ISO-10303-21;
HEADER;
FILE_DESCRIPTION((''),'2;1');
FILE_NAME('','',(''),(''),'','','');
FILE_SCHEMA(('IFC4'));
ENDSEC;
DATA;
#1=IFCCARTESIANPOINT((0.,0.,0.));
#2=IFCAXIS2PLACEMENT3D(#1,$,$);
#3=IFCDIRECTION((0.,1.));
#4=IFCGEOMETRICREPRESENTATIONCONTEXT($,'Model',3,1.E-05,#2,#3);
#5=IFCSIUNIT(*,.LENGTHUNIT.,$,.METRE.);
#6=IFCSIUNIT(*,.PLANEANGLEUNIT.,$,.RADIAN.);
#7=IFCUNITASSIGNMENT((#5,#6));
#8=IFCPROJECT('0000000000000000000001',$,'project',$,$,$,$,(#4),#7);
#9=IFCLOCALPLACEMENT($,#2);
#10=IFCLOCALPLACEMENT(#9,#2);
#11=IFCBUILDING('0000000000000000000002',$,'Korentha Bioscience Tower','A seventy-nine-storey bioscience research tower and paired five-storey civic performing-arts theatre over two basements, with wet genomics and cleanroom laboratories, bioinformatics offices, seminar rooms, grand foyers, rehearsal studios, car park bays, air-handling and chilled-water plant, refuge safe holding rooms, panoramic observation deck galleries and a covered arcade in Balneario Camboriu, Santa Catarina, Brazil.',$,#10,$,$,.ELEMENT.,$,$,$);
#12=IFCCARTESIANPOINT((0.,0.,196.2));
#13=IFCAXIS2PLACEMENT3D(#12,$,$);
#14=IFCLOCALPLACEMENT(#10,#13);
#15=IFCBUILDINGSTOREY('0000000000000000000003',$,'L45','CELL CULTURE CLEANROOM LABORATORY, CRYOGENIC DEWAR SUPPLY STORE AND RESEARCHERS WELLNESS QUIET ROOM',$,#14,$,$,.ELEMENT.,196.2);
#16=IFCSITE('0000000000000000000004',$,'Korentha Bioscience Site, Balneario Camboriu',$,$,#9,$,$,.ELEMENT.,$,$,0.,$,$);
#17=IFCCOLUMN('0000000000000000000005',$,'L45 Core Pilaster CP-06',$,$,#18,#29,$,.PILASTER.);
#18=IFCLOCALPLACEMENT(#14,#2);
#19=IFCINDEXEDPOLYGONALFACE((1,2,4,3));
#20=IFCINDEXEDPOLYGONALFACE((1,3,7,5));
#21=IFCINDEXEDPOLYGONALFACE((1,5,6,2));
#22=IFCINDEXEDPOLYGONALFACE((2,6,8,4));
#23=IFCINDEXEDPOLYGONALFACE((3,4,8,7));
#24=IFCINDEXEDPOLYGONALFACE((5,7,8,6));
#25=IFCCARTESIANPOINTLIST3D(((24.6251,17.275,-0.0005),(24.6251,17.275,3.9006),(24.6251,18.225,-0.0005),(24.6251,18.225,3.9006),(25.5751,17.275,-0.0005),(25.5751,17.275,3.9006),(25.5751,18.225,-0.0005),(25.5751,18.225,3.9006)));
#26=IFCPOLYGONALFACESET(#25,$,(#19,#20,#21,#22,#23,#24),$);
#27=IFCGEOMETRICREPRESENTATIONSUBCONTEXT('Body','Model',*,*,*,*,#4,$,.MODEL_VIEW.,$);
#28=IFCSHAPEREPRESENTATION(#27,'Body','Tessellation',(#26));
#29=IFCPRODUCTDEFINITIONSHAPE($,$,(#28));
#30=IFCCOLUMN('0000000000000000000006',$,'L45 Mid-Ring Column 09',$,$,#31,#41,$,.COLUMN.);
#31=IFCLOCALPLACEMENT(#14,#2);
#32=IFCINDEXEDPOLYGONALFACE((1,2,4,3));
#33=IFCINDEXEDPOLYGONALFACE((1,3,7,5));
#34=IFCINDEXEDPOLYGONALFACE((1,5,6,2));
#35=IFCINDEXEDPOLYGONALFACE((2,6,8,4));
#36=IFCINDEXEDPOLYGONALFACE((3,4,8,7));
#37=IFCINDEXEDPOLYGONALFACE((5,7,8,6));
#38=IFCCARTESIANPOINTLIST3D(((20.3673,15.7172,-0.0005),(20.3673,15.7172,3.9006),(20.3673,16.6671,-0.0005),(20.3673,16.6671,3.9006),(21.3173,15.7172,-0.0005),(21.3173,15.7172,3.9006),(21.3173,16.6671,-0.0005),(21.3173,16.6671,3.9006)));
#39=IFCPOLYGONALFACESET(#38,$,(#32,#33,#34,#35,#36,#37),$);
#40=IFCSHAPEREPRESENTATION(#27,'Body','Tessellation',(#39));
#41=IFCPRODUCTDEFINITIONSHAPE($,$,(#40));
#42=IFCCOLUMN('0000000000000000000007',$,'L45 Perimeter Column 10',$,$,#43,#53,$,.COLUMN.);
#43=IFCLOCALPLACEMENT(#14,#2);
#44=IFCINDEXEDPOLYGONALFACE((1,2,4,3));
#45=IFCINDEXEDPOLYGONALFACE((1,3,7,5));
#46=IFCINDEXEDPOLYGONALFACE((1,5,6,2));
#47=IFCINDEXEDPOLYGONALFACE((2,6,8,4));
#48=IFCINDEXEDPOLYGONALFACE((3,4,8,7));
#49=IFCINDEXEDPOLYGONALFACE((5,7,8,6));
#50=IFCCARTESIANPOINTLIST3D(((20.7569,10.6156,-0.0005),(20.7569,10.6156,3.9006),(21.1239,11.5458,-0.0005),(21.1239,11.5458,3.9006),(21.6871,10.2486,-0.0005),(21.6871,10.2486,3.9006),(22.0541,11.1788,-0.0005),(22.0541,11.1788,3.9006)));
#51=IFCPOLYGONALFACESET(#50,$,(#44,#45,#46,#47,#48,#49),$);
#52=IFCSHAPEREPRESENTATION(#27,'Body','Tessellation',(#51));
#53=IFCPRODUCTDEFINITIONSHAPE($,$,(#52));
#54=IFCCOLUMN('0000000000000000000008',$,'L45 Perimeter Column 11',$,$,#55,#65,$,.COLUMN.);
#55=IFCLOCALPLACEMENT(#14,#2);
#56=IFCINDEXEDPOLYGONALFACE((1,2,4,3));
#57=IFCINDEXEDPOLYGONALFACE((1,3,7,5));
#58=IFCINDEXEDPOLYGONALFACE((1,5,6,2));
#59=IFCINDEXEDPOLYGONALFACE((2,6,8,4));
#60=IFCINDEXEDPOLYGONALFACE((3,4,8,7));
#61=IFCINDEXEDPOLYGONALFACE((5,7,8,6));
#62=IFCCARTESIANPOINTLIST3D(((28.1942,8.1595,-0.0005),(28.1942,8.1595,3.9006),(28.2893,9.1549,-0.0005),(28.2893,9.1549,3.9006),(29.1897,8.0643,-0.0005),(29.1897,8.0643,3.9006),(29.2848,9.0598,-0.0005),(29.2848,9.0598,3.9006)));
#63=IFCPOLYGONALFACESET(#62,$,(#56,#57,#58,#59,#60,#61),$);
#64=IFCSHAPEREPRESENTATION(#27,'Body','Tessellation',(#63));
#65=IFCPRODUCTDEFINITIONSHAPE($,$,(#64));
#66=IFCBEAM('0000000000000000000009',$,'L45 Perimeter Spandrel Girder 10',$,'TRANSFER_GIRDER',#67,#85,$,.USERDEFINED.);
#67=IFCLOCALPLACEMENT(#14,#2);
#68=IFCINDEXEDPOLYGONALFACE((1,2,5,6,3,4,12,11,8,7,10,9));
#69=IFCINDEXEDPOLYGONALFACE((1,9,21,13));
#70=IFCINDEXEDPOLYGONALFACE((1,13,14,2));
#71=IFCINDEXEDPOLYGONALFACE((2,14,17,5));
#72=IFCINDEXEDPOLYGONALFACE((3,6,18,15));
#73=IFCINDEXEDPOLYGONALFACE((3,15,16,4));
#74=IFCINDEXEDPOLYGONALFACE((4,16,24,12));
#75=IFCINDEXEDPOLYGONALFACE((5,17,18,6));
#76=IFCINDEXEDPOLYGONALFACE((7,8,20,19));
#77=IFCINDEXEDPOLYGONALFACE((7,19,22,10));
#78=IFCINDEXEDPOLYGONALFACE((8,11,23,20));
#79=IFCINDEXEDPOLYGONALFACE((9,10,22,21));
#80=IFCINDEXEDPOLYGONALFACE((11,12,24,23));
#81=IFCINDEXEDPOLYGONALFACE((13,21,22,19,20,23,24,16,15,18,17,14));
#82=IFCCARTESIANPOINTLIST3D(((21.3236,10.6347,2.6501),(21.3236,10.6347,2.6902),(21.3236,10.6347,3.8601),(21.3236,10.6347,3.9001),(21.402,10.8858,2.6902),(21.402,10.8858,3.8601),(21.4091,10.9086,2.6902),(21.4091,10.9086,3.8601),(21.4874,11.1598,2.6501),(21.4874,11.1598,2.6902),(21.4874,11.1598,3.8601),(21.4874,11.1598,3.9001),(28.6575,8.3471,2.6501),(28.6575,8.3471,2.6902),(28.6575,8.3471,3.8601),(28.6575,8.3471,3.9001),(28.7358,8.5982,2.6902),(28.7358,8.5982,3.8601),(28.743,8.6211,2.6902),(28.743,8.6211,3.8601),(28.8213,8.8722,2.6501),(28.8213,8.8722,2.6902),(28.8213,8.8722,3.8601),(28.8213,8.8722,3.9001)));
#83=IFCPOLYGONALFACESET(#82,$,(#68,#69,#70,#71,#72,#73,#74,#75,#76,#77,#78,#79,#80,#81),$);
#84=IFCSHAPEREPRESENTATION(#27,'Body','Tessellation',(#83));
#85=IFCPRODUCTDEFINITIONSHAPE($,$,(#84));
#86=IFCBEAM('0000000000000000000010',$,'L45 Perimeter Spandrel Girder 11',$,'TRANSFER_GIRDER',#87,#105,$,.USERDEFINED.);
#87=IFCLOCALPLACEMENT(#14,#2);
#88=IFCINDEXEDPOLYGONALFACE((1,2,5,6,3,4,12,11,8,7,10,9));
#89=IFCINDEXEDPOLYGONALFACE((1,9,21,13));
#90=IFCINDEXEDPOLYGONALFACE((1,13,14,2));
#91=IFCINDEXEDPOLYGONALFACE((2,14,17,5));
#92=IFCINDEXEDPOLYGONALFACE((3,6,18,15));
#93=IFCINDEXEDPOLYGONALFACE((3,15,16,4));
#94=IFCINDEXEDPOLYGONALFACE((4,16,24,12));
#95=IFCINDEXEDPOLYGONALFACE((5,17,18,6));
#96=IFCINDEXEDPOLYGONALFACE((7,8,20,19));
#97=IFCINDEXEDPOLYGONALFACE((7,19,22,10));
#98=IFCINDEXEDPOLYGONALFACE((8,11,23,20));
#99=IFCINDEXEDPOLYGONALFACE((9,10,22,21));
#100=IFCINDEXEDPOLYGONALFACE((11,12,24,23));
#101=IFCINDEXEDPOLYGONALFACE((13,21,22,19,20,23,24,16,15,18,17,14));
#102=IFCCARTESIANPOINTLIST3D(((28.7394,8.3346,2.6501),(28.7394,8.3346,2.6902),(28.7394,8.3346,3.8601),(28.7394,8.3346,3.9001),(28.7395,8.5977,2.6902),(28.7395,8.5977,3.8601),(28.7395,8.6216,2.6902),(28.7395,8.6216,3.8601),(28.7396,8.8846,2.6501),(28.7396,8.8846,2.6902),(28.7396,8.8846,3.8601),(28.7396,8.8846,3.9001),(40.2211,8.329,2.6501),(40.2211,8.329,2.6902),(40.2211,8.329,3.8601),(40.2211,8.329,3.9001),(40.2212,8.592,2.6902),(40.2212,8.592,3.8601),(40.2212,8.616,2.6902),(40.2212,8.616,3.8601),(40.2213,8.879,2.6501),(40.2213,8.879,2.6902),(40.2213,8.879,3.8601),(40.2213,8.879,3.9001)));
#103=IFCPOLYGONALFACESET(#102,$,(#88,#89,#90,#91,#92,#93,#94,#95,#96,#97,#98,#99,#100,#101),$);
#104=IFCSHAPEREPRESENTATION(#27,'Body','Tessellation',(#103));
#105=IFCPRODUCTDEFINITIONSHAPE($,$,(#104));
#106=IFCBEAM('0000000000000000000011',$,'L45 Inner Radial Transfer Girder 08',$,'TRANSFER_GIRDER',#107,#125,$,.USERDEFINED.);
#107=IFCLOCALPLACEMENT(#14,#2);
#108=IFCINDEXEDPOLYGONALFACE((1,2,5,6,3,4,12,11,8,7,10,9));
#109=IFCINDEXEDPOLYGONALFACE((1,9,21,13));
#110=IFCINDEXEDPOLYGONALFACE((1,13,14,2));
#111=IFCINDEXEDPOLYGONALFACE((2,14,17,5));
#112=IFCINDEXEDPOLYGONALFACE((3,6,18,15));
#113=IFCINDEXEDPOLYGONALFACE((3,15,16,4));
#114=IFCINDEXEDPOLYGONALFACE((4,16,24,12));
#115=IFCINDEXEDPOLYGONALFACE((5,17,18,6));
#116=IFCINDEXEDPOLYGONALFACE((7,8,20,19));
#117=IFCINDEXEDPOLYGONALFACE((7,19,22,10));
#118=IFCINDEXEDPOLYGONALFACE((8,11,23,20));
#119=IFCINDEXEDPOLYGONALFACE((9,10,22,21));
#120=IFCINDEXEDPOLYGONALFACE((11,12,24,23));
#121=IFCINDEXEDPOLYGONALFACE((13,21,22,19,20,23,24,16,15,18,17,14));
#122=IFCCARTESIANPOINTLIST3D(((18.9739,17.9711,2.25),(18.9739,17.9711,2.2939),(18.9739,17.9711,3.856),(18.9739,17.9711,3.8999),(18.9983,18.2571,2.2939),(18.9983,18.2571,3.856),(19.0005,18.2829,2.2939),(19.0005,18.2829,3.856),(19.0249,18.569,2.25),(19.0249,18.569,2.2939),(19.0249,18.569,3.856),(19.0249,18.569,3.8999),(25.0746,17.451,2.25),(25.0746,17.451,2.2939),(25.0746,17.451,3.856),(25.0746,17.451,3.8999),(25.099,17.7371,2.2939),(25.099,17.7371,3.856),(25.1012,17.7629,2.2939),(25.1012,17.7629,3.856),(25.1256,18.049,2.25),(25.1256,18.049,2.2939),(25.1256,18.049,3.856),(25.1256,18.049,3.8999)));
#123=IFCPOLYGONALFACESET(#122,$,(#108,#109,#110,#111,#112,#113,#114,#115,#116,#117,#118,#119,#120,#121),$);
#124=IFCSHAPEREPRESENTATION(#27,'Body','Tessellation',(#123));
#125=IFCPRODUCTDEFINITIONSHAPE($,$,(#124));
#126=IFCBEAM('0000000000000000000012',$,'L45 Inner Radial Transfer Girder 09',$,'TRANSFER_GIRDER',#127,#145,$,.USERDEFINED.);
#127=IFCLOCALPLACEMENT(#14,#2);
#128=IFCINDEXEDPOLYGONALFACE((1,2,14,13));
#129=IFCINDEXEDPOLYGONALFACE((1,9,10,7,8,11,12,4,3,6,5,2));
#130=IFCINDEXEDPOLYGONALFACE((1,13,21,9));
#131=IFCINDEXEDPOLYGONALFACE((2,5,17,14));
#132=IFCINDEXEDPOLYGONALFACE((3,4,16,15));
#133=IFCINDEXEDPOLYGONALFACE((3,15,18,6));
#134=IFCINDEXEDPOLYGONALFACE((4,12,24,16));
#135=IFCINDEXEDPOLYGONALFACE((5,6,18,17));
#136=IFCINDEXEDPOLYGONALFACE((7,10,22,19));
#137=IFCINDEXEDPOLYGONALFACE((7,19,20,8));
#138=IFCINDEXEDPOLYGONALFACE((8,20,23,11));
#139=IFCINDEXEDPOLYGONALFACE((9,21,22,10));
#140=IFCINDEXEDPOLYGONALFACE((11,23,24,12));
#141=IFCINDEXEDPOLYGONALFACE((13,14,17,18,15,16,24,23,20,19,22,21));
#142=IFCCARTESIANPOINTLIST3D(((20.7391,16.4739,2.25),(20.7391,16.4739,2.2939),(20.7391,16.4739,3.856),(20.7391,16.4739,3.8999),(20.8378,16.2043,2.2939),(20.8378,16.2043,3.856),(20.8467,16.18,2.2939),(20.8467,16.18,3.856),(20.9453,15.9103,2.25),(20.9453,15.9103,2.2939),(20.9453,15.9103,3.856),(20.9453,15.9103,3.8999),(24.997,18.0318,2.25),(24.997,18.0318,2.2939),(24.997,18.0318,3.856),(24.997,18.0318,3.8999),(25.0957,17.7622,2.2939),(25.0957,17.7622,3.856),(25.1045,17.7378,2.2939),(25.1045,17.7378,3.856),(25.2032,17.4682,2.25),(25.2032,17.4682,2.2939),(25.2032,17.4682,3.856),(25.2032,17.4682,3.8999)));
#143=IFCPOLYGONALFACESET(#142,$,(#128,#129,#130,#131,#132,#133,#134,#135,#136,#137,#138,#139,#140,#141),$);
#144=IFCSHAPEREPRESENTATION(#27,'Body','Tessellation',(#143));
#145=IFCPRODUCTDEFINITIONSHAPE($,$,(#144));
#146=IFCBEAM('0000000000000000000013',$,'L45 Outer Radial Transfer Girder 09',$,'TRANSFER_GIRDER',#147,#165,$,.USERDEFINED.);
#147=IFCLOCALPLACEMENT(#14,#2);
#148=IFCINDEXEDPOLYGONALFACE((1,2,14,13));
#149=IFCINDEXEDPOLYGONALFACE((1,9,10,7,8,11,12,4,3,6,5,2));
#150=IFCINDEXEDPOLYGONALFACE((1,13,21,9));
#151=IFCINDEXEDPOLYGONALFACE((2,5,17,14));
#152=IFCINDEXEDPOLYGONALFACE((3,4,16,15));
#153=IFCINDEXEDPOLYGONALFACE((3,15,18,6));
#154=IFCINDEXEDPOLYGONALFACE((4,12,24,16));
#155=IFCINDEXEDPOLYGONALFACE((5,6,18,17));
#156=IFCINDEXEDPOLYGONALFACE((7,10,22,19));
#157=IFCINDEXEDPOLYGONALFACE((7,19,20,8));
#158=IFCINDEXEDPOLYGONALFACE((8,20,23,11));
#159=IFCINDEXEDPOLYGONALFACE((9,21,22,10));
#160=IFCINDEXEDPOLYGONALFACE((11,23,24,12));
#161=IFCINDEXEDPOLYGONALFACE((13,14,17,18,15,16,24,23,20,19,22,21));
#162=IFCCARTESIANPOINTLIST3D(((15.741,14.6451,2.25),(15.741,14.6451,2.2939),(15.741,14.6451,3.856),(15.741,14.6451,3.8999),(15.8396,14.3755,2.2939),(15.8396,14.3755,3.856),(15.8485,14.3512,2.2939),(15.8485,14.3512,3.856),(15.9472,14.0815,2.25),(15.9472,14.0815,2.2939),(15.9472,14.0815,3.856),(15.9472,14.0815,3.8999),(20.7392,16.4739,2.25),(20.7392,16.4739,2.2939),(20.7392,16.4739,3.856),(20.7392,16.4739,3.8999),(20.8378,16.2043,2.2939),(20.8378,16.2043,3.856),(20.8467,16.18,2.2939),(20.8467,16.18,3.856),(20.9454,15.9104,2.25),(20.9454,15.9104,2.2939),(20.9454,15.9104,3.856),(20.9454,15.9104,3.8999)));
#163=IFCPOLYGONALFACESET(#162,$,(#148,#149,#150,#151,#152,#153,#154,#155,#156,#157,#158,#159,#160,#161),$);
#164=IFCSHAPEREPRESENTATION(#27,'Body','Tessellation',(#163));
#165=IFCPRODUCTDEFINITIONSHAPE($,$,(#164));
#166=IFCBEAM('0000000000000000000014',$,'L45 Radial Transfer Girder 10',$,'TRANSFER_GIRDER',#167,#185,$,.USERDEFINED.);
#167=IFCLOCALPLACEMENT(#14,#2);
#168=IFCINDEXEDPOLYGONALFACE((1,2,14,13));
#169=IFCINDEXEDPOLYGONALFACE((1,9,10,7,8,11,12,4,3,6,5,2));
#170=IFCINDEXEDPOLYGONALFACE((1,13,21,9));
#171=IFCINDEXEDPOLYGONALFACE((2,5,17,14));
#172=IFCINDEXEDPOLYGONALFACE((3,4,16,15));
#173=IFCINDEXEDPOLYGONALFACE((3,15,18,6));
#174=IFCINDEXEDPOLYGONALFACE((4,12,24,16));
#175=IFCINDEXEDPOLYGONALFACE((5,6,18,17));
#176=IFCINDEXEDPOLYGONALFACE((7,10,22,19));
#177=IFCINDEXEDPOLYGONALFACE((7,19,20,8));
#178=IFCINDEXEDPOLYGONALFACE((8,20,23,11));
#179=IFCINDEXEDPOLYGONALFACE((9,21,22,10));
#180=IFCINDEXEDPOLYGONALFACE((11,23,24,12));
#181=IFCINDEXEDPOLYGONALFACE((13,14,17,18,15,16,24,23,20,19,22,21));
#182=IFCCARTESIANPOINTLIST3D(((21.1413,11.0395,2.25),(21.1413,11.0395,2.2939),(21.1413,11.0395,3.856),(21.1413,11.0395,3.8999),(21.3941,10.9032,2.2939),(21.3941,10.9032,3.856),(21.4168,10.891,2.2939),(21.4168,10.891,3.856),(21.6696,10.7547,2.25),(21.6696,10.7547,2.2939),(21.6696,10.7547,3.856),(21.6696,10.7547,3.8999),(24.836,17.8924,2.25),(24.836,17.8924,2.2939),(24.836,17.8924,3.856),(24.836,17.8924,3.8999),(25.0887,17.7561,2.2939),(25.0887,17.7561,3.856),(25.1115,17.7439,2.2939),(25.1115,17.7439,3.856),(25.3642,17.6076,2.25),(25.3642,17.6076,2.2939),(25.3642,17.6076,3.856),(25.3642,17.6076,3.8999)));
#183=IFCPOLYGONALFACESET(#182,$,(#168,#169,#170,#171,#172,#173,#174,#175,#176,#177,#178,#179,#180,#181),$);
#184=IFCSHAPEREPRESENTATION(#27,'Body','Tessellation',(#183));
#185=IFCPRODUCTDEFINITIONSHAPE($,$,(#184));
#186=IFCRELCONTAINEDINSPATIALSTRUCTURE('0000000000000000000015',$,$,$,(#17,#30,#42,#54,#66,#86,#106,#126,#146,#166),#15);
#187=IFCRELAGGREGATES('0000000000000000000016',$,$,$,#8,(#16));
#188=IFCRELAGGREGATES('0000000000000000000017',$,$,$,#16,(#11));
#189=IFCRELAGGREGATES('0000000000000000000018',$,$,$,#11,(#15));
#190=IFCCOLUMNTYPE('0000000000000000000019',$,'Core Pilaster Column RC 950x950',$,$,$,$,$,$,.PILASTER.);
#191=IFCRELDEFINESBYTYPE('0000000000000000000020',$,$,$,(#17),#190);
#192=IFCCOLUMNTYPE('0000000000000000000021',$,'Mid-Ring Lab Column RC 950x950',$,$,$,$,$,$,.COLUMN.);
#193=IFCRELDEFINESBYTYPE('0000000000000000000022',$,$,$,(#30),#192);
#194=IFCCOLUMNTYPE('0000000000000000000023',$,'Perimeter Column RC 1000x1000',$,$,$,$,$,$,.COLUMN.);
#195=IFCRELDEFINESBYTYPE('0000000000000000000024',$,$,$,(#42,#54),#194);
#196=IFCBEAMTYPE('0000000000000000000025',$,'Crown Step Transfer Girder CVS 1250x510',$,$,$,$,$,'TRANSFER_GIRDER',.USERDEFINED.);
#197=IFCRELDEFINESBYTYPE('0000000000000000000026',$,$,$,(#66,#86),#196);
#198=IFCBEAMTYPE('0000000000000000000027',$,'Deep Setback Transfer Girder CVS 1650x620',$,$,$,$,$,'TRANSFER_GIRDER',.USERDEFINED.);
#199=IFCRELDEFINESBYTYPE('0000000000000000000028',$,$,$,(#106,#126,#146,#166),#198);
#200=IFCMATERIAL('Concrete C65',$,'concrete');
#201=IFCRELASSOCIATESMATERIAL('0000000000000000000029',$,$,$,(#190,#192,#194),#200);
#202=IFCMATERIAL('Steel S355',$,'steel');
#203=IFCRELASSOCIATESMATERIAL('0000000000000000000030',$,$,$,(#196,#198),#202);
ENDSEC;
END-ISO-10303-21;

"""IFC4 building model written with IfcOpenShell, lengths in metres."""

from ifc_helpers import new_model, si_unit, direction, frame, origin, origin_2d, place, context, subcontext, project, spatial, rectangle, i_section, extrude, material, material_profile, profile_set, type_object, element, save


model = new_model("IFC4")

# Units and contexts
model_context = context("Model", 3, precision=1e-05, world=origin(), true_north=direction((0.0, 1.0)))
body_context = subcontext(model_context, "Body", "Model", "MODEL_VIEW")
ifc_project = project(units=[si_unit("LENGTHUNIT", "METRE"), si_unit("PLANEANGLEUNIT", "RADIAN")], contexts=[model_context])

# Site, building, storey
site_placement = place(None, origin())
site = spatial("IfcSite", under=ifc_project, at=site_placement, Name="Korentha Bioscience Site, Balneario Camboriu", CompositionType="ELEMENT", RefElevation=0.0)
building_placement = place(site_placement, origin())
building = spatial("IfcBuilding", under=site, at=building_placement, Name="Korentha Bioscience Tower", Description="A seventy-nine-storey bioscience research tower and paired five-storey civic performing-arts theatre over two basements, with wet genomics and cleanroom laboratories, bioinformatics offices, seminar rooms, grand foyers, rehearsal studios, car park bays, air-handling and chilled-water plant, refuge safe holding rooms, panoramic observation deck galleries and a covered arcade in Balneario Camboriu, Santa Catarina, Brazil.", CompositionType="ELEMENT")
storey_placement = place(building_placement, frame((0.0, 0.0, 196.2)))
storey = spatial("IfcBuildingStorey", under=building, at=storey_placement, Name="L45", Description="CELL CULTURE CLEANROOM LABORATORY, CRYOGENIC DEWAR SUPPLY STORE AND RESEARCHERS WELLNESS QUIET ROOM", CompositionType="ELEMENT", Elevation=196.2)

# Columns
ifc_material_1 = material(Name="Concrete C65", Category="concrete")
ifc_material_profile_1 = material_profile(ifc_material_1, rectangle(XDim=0.95, YDim=0.95, at=origin_2d()), Name="Concrete C65")
ifc_profile_set_1 = profile_set([ifc_material_profile_1], Name="Concrete C65 (COL-CP09)")
column_type_1 = type_object("IfcColumnType", Name="Core Pilaster Column RC 950x950", PredefinedType="PILASTER", material=ifc_profile_set_1)
column_1_placement = place(storey_placement, frame((25.1001, 17.75, -0.0005), z_axis=(0.0, 0.0, 1.0), x_axis=(1.0, 0.0, 0.0)))
element("IfcColumn", 1, at=column_1_placement, inside=storey, type_object=column_type_1, Name="L45 Core Pilaster CP-06", PredefinedType="PILASTER", context=body_context, shape_type="SweptSolid", body=[
    extrude(rectangle(XDim=0.95, YDim=0.95, at=origin_2d()), origin(), (0.0, 0.0, 1.0), 3.9011),
])
ifc_material_profile_2 = material_profile(ifc_material_1, rectangle(XDim=0.95, YDim=0.95, at=origin_2d()), Name="Concrete C65")
ifc_profile_set_2 = profile_set([ifc_material_profile_2], Name="Concrete C65 (COL-MR09)")
column_type_2 = type_object("IfcColumnType", Name="Mid-Ring Lab Column RC 950x950", PredefinedType="COLUMN", material=ifc_profile_set_2)
column_2_placement = place(storey_placement, frame((20.8423, 16.1921, -0.0005), z_axis=(0.0, 0.0, 1.0), x_axis=(1.0, 0.0, 0.0)))
element("IfcColumn", 2, at=column_2_placement, inside=storey, type_object=column_type_2, Name="L45 Mid-Ring Column 09", PredefinedType="COLUMN", context=body_context, shape_type="SweptSolid", body=[
    extrude(rectangle(XDim=0.95, YDim=0.95, at=origin_2d()), origin(), (0.0, 0.0, 1.0), 3.9011),
])
ifc_material_profile_3 = material_profile(ifc_material_1, rectangle(XDim=1.0, YDim=1.0, at=origin_2d()), Name="Concrete C65")
ifc_profile_set_3 = profile_set([ifc_material_profile_3], Name="Concrete C65 (COL-P10)")
column_type_3 = type_object("IfcColumnType", Name="Perimeter Column RC 1000x1000", PredefinedType="COLUMN", material=ifc_profile_set_3)
for number, where, z_axis, x_axis, name in (
    (3, (21.4055, 10.8972, -0.0005), (0.0, 0.0, 1.0), (-0.930226, 0.366988, 0.0), "L45 Perimeter Column 10"),
    (4, (28.7395, 8.6096, -0.0005), (0.0, 0.0, 1.0), (-0.995463, 0.095151, 0.0), "L45 Perimeter Column 11"),
):
    element("IfcColumn", number, at=place(storey_placement, frame(where, z_axis=z_axis, x_axis=x_axis)), inside=storey, type_object=column_type_3, Name=name, PredefinedType="COLUMN", context=body_context, shape_type="SweptSolid", body=[
        extrude(rectangle(XDim=1.0, YDim=1.0, at=origin_2d()), origin(), (0.0, 0.0, 1.0), 3.9011),
    ])

# Beams
ifc_material_2 = material(Name="Steel S355", Category="steel")
ifc_material_profile_4 = material_profile(ifc_material_2, i_section(OverallWidth=0.55, OverallDepth=1.25, WebThickness=0.0239, FlangeThickness=0.04, at=origin_2d()), Name="Steel S355")
ifc_profile_set_4 = profile_set([ifc_material_profile_4], Name="Steel S355 (TG-03)")
beam_type_1 = type_object("IfcBeamType", Name="Crown Step Transfer Girder CVS 1250x510", ElementType="TRANSFER_GIRDER", PredefinedType="USERDEFINED", material=ifc_profile_set_4)
beam_1_placement = place(storey_placement, frame((21.4055, 10.8972, 3.2751), z_axis=(0.954638, -0.297768, 0.0), x_axis=(0.297768, 0.954638, 0.0)))
element("IfcBeam", 5, at=beam_1_placement, inside=storey, type_object=beam_type_1, Name="L45 Perimeter Spandrel Girder 10", ObjectType="TRANSFER_GIRDER", PredefinedType="USERDEFINED", context=body_context, shape_type="SweptSolid", body=[
    extrude(i_section(OverallWidth=0.55, OverallDepth=1.25, WebThickness=0.0239, FlangeThickness=0.04, at=origin_2d()), origin(), (0.0, 0.0, 1.0), 7.6824),
])
beam_2_placement = place(storey_placement, frame((28.7395, 8.6096, 3.2751), z_axis=(1.0, -0.000489, 0.0), x_axis=(0.000489, 1.0, 0.0)))
element("IfcBeam", 6, at=beam_2_placement, inside=storey, type_object=beam_type_1, Name="L45 Perimeter Spandrel Girder 11", ObjectType="TRANSFER_GIRDER", PredefinedType="USERDEFINED", context=body_context, shape_type="SweptSolid", body=[
    extrude(i_section(OverallWidth=0.55, OverallDepth=1.25, WebThickness=0.0239, FlangeThickness=0.04, at=origin_2d()), origin(), (0.0, 0.0, 1.0), 11.4817),
])
ifc_material_profile_5 = material_profile(ifc_material_2, i_section(OverallWidth=0.6001, OverallDepth=1.6499, WebThickness=0.0259, FlangeThickness=0.0439, at=origin_2d()), Name="Steel S355")
ifc_profile_set_5 = profile_set([ifc_material_profile_5], Name="Steel S355 (TG-04)")
beam_type_2 = type_object("IfcBeamType", Name="Deep Setback Transfer Girder CVS 1650x620", ElementType="TRANSFER_GIRDER", PredefinedType="USERDEFINED", material=ifc_profile_set_5)
beam_3_placement = place(storey_placement, frame((25.1001, 17.75, 3.075), z_axis=(-0.996387, 0.084933, 0.0), x_axis=(-0.084933, -0.996387, 0.0)))
element("IfcBeam", 7, at=beam_3_placement, inside=storey, type_object=beam_type_2, Name="L45 Inner Radial Transfer Girder 08", ObjectType="TRANSFER_GIRDER", PredefinedType="USERDEFINED", context=body_context, shape_type="SweptSolid", body=[
    extrude(i_section(OverallWidth=0.6001, OverallDepth=1.6499, WebThickness=0.0259, FlangeThickness=0.0439, at=origin_2d()), origin(), (0.0, 0.0, 1.0), 6.1228),
])
beam_4_placement = place(storey_placement, frame((25.1001, 17.75, 3.075), z_axis=(-0.939114, -0.343606, 0.0), x_axis=(0.343606, -0.939114, 0.0)))
element("IfcBeam", 8, at=beam_4_placement, inside=storey, type_object=beam_type_2, Name="L45 Inner Radial Transfer Girder 09", ObjectType="TRANSFER_GIRDER", PredefinedType="USERDEFINED", context=body_context, shape_type="SweptSolid", body=[
    extrude(i_section(OverallWidth=0.6001, OverallDepth=1.6499, WebThickness=0.0259, FlangeThickness=0.0439, at=origin_2d()), origin(), (0.0, 0.0, 1.0), 4.5339),
])
beam_5_placement = place(storey_placement, frame((20.8423, 16.1921, 3.075), z_axis=(-0.93911, -0.343617, 0.0), x_axis=(0.343617, -0.93911, 0.0)))
element("IfcBeam", 9, at=beam_5_placement, inside=storey, type_object=beam_type_2, Name="L45 Outer Radial Transfer Girder 09", ObjectType="TRANSFER_GIRDER", PredefinedType="USERDEFINED", context=body_context, shape_type="SweptSolid", body=[
    extrude(i_section(OverallWidth=0.6001, OverallDepth=1.6499, WebThickness=0.0259, FlangeThickness=0.0439, at=origin_2d()), origin(), (0.0, 0.0, 1.0), 5.3223),
])
beam_6_placement = place(storey_placement, frame((25.1001, 17.75, 3.075), z_axis=(-0.47456, -0.880223, 0.0), x_axis=(0.880223, -0.47456, 0.0)))
element("IfcBeam", 10, at=beam_6_placement, inside=storey, type_object=beam_type_2, Name="L45 Radial Transfer Girder 10", ObjectType="TRANSFER_GIRDER", PredefinedType="USERDEFINED", context=body_context, shape_type="SweptSolid", body=[
    extrude(i_section(OverallWidth=0.6001, OverallDepth=1.6499, WebThickness=0.0259, FlangeThickness=0.0439, at=origin_2d()), origin(), (0.0, 0.0, 1.0), 7.7854),
])

save(model, "model.ifc")
